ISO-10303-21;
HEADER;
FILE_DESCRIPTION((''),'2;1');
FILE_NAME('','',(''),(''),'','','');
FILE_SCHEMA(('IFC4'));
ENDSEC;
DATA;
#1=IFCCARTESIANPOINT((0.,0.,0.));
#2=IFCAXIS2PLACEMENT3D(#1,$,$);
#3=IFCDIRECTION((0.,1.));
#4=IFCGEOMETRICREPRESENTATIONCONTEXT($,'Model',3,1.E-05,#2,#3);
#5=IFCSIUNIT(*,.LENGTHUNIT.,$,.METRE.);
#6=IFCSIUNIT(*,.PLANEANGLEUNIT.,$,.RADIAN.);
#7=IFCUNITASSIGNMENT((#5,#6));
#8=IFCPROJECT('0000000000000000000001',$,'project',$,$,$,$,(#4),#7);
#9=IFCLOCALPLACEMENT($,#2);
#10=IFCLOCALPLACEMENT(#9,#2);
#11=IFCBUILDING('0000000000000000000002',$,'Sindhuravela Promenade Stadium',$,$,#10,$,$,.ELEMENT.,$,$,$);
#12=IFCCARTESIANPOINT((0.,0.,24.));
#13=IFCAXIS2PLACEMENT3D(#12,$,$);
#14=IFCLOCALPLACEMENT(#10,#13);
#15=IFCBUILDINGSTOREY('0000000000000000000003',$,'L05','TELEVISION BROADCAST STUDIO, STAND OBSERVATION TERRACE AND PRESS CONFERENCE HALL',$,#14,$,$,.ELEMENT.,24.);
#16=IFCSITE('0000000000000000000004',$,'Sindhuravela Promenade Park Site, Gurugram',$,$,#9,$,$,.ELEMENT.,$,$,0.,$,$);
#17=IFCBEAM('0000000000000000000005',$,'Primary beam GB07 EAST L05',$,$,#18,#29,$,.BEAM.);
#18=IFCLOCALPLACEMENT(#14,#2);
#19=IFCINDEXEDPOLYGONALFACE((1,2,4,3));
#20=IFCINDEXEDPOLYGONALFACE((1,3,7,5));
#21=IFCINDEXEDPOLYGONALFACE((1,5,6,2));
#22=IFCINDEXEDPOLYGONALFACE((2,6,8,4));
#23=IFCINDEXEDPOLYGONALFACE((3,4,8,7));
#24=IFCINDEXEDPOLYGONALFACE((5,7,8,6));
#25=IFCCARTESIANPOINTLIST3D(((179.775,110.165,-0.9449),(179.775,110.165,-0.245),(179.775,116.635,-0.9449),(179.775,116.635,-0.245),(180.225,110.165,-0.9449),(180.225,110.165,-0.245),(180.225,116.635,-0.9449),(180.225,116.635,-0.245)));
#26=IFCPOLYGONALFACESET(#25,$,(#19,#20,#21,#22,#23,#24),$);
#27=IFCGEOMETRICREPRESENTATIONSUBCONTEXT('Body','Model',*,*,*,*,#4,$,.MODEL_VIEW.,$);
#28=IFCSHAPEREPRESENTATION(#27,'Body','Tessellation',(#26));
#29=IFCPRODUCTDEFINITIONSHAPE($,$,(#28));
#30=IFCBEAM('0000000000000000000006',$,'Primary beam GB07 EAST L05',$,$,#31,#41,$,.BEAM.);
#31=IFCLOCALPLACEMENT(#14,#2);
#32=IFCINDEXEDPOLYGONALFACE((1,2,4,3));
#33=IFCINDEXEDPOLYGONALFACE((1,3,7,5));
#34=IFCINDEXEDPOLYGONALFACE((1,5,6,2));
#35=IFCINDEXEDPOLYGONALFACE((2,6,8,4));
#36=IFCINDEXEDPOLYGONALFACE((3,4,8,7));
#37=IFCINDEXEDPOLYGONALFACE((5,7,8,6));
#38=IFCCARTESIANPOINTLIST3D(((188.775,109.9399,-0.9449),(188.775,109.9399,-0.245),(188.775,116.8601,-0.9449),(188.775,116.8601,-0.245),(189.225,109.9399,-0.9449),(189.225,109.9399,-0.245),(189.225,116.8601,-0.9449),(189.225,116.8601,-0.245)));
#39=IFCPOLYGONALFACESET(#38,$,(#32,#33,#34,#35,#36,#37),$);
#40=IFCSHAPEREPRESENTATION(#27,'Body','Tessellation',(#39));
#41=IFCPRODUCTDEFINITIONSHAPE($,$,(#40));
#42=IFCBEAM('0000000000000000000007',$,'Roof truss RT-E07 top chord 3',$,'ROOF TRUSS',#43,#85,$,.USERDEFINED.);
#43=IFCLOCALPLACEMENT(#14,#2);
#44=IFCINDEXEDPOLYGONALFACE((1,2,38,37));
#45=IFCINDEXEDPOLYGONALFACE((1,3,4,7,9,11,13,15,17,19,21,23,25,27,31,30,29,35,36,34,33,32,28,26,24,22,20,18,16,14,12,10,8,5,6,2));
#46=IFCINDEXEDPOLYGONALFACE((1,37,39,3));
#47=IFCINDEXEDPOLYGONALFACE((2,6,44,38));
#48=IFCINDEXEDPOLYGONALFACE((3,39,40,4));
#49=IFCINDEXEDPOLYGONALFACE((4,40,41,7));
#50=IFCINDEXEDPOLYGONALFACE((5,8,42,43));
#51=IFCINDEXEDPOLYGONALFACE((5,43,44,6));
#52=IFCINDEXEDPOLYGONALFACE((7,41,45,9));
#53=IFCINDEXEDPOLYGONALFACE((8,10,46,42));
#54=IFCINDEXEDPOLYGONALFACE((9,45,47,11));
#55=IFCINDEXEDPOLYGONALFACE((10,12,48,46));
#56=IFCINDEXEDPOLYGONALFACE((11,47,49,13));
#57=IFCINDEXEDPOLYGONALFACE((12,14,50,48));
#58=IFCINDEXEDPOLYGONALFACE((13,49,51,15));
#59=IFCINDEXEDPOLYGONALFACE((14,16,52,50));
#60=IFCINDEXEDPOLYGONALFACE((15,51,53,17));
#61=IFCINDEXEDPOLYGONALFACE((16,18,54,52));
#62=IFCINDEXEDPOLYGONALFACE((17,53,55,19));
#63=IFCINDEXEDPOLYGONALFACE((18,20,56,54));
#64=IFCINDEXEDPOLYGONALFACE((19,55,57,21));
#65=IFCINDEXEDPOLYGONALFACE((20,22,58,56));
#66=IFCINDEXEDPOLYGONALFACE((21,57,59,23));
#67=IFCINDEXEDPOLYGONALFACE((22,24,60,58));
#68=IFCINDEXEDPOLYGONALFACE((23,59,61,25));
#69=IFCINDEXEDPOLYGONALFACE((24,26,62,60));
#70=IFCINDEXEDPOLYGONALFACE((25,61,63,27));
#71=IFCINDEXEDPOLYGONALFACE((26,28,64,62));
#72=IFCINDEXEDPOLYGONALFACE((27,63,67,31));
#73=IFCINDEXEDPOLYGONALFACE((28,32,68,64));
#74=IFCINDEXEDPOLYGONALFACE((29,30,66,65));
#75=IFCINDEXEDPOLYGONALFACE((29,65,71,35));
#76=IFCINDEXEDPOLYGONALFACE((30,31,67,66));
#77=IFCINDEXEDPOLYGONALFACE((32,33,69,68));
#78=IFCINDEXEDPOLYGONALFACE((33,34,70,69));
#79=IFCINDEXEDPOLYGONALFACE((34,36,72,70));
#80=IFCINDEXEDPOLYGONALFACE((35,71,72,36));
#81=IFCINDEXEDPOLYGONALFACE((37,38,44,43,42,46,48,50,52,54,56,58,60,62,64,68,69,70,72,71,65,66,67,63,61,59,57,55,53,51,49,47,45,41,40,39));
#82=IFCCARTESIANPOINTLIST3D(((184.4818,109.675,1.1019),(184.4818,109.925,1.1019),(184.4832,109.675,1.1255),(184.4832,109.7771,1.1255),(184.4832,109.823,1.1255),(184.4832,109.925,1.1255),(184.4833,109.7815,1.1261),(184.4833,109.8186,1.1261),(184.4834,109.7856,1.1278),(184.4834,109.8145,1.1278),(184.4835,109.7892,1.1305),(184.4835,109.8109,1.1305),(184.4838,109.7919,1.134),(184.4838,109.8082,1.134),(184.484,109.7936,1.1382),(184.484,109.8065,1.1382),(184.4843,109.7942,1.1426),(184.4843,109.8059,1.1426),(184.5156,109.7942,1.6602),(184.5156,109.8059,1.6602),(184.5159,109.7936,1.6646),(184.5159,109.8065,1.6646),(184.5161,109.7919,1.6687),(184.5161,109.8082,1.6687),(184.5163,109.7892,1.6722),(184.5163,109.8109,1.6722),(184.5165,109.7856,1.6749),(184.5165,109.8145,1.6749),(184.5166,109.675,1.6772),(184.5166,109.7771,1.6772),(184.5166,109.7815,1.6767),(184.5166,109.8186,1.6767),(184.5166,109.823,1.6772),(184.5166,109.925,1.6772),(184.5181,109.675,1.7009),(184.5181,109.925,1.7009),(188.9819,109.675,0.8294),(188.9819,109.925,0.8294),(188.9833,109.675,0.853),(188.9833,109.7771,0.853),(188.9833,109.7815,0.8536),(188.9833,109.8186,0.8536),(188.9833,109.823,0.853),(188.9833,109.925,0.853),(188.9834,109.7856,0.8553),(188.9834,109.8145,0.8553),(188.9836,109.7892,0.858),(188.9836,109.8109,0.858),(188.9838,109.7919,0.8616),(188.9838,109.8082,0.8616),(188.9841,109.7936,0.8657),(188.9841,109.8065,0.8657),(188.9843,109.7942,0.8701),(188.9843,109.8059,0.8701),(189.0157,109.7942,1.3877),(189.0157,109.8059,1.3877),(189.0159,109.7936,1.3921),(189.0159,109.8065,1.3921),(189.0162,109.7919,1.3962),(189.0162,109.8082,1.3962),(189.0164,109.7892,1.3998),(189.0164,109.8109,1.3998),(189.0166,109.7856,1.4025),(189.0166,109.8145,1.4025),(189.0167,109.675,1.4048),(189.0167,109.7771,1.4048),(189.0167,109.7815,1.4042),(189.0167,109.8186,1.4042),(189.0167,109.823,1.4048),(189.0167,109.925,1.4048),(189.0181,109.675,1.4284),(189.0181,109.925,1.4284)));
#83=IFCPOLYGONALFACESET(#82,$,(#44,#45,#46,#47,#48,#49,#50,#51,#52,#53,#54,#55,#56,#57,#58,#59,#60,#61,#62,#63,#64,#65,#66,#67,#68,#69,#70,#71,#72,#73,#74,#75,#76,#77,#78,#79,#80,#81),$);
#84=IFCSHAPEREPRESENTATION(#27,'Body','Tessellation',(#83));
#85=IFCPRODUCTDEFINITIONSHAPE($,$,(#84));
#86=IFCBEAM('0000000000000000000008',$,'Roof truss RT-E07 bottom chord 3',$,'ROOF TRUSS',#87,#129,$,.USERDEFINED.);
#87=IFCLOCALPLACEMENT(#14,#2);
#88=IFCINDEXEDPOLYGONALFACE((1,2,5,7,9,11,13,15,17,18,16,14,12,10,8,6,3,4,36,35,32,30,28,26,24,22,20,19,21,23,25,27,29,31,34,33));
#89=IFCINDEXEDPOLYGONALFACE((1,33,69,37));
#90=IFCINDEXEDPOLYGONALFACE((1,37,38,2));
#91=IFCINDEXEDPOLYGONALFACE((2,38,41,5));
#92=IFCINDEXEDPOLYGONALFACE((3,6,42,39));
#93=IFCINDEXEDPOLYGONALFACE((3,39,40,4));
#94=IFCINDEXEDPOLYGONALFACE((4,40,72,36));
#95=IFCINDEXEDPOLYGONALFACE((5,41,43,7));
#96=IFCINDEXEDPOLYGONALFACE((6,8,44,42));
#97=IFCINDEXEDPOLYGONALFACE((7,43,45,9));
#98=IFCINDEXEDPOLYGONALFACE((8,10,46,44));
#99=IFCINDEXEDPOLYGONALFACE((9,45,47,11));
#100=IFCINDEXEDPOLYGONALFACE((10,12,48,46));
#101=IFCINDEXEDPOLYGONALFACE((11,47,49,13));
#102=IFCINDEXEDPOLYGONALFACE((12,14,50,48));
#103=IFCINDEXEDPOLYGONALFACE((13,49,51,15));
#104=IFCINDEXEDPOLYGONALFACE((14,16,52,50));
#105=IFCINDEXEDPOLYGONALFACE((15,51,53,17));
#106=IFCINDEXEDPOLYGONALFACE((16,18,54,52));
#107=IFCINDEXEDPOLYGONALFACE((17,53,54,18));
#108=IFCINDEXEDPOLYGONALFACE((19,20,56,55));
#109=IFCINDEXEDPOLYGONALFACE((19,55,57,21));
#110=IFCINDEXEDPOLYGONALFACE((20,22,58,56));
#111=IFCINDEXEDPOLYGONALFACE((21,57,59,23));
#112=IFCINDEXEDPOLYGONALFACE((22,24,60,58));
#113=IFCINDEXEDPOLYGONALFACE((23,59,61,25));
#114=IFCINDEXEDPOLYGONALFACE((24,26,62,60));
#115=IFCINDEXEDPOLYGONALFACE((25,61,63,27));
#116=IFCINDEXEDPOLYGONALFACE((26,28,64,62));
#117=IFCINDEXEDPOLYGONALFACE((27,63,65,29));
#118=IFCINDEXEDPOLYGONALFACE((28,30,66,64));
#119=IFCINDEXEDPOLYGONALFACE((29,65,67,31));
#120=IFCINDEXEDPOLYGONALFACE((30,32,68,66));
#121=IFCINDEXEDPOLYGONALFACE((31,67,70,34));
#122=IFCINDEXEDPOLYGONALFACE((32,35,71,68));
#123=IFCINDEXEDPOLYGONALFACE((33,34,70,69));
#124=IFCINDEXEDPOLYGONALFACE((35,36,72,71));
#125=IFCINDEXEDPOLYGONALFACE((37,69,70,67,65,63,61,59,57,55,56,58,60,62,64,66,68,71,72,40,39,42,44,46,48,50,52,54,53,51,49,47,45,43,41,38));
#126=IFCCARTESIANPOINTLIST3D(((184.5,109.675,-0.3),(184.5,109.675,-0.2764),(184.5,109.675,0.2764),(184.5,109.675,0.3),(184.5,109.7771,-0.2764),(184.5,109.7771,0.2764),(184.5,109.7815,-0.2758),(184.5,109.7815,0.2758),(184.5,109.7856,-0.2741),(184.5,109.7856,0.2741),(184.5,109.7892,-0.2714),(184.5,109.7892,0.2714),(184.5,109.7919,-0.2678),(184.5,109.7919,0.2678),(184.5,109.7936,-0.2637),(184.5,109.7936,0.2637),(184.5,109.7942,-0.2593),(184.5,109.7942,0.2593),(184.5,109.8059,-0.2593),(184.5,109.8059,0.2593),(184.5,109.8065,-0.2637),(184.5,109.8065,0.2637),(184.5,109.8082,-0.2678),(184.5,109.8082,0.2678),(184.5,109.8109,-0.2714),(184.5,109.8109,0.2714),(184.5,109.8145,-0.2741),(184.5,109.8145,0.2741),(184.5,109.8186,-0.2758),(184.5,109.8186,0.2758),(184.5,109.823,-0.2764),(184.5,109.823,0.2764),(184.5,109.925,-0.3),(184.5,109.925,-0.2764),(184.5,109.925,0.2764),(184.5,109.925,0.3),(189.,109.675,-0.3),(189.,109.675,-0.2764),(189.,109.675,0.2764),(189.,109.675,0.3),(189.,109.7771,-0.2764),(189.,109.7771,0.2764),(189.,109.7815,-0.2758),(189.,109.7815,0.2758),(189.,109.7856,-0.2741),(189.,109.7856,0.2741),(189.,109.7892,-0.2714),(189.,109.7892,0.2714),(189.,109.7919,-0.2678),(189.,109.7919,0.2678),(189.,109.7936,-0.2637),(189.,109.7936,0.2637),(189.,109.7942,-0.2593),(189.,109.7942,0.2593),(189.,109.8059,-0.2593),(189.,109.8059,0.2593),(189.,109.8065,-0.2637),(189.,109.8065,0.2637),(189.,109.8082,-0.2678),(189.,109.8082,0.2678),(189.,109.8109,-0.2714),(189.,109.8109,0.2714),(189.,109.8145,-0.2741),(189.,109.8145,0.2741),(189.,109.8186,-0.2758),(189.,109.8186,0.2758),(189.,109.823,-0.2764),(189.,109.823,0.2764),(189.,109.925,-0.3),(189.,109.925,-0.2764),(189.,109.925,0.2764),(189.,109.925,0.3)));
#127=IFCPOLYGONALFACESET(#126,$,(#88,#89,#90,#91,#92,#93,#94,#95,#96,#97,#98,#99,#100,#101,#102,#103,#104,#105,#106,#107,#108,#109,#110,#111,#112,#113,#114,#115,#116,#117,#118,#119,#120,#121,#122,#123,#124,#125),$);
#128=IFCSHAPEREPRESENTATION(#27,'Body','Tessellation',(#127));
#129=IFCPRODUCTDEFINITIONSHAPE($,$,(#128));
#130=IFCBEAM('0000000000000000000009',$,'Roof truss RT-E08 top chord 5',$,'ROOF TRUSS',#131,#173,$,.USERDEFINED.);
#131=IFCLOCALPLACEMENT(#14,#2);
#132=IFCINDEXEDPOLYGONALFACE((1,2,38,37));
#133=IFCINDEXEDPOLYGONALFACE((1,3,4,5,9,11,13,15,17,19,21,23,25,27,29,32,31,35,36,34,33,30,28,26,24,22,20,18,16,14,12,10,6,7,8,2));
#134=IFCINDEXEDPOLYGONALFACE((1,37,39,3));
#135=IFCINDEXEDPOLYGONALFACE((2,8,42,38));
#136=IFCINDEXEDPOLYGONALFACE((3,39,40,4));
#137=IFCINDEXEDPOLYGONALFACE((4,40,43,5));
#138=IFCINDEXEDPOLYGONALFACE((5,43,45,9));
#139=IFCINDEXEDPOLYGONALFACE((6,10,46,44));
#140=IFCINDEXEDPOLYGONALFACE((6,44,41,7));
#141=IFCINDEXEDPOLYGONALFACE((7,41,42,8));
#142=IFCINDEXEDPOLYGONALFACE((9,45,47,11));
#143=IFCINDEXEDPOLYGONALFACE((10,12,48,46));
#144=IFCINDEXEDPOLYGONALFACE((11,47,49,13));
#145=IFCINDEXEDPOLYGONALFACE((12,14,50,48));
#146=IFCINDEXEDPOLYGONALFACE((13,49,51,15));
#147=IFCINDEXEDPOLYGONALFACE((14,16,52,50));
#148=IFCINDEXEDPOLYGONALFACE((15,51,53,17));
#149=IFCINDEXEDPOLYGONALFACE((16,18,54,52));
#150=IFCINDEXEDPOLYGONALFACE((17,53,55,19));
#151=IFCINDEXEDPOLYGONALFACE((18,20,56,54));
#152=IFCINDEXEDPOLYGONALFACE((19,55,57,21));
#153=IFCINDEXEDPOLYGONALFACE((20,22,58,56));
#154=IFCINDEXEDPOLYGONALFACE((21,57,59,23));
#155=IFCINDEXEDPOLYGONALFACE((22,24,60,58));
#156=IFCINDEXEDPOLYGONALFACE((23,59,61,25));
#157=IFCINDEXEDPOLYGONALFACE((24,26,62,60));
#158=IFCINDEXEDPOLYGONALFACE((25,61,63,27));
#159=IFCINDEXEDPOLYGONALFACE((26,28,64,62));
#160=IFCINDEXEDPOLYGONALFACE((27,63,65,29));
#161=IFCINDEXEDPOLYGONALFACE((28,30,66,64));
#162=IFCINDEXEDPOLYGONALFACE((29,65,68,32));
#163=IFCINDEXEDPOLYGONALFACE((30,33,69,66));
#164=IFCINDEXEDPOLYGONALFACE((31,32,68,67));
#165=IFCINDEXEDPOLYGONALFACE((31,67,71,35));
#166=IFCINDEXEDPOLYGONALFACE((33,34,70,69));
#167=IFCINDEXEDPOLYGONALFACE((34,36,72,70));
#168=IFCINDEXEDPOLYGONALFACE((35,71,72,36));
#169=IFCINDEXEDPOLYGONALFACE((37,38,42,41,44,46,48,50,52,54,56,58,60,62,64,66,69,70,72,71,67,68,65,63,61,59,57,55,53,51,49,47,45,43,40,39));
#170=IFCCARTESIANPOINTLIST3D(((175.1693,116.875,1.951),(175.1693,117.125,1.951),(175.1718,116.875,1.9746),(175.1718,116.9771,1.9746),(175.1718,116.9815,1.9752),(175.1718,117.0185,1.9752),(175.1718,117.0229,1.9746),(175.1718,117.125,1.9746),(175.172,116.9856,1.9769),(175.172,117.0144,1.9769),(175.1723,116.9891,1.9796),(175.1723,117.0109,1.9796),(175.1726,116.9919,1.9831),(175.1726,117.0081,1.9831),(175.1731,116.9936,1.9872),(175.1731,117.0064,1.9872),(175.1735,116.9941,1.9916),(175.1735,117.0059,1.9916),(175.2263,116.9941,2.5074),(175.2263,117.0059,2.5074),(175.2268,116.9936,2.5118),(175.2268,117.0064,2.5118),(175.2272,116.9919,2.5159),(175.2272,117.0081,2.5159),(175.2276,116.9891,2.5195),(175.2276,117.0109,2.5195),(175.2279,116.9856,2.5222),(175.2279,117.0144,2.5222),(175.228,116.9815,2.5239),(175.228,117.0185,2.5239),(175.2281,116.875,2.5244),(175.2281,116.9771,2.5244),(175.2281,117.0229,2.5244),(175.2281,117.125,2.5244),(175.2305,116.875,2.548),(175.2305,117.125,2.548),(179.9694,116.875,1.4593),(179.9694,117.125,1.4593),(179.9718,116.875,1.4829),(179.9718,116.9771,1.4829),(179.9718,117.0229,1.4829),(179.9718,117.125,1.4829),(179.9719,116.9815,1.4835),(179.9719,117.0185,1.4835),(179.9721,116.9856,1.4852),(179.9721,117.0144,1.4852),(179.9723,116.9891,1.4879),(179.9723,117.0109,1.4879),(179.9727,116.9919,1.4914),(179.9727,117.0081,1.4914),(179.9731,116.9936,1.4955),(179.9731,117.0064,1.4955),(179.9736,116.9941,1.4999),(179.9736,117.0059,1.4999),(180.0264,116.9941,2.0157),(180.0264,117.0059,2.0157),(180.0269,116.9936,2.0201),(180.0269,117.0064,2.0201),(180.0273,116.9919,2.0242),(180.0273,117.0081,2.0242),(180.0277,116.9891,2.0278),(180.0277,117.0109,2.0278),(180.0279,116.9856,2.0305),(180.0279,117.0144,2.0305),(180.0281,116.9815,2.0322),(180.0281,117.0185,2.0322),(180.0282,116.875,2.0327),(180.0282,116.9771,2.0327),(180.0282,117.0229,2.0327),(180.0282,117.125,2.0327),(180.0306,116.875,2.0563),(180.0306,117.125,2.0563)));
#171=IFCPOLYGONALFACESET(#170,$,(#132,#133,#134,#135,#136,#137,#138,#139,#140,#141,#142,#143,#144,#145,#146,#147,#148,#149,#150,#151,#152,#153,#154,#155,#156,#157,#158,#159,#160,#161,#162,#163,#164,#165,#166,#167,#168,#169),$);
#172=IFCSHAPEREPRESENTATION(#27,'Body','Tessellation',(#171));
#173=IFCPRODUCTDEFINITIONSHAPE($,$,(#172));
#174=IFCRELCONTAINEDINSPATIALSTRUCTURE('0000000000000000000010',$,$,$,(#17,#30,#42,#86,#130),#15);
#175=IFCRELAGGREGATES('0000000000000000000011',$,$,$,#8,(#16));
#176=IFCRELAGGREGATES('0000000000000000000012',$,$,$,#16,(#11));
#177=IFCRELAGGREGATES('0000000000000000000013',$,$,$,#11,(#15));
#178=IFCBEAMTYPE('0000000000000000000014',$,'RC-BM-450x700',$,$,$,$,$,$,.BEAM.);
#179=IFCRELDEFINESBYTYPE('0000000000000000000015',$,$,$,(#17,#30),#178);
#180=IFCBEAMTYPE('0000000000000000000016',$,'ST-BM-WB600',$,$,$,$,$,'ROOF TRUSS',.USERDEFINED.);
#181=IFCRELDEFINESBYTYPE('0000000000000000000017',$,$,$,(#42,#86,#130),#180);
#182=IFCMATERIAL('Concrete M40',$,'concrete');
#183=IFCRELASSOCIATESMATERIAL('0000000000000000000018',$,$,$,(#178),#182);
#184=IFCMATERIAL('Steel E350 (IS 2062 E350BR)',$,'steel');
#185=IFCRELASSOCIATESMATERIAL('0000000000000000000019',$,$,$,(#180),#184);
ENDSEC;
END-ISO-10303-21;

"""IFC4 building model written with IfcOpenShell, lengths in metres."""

from ifc_helpers import new_model, si_unit, direction, frame, origin, origin_2d, place, context, subcontext, project, spatial, rectangle, i_section, extrude, material, material_profile, profile_set, type_object, element, save


model = new_model("IFC4")

# Units and contexts
model_context = context("Model", 3, precision=1e-05, world=origin(), true_north=direction((0.0, 1.0)))
body_context = subcontext(model_context, "Body", "Model", "MODEL_VIEW")
ifc_project = project(units=[si_unit("LENGTHUNIT", "METRE"), si_unit("PLANEANGLEUNIT", "RADIAN")], contexts=[model_context])

# Site, building, storey
site_placement = place(None, origin())
site = spatial("IfcSite", under=ifc_project, at=site_placement, Name="Sindhuravela Promenade Park Site, Gurugram", CompositionType="ELEMENT", RefElevation=0.0)
building_placement = place(site_placement, origin())
building = spatial("IfcBuilding", under=site, at=building_placement, Name="Sindhuravela Promenade Stadium", CompositionType="ELEMENT")
storey_placement = place(building_placement, frame((0.0, 0.0, 24.0)))
storey = spatial("IfcBuildingStorey", under=building, at=storey_placement, Name="L05", Description="TELEVISION BROADCAST STUDIO, STAND OBSERVATION TERRACE AND PRESS CONFERENCE HALL", CompositionType="ELEMENT", Elevation=24.0)

# Beams
ifc_material_1 = material(Name="Concrete M40", Category="concrete")
ifc_material_profile_1 = material_profile(ifc_material_1, rectangle(XDim=0.45, YDim=0.7, at=origin_2d()), Name="RC 450x700")
ifc_profile_set_1 = profile_set([ifc_material_profile_1], Name="Concrete M40")
beam_type_1 = type_object("IfcBeamType", Name="RC-BM-450x700", PredefinedType="BEAM", material=ifc_profile_set_1)
beam_1_placement = place(storey_placement, frame((180.0, 110.165, -0.595), z_axis=(0.0, 1.0, 0.0), x_axis=(-1.0, 0.0, 0.0)))
element("IfcBeam", 1, at=beam_1_placement, inside=storey, type_object=beam_type_1, Name="Primary beam GB07 EAST L05", PredefinedType="BEAM", context=body_context, shape_type="SweptSolid", body=[
    extrude(rectangle(XDim=0.45, YDim=0.7, at=origin_2d()), origin(), (0.0, 0.0, 1.0), 6.47),
])
beam_2_placement = place(storey_placement, frame((189.0, 109.9399, -0.595), z_axis=(0.0, 1.0, 0.0), x_axis=(-1.0, 0.0, 0.0)))
element("IfcBeam", 2, at=beam_2_placement, inside=storey, type_object=beam_type_1, Name="Primary beam GB07 EAST L05", PredefinedType="BEAM", context=body_context, shape_type="SweptSolid", body=[
    extrude(rectangle(XDim=0.45, YDim=0.7, at=origin_2d()), origin(), (0.0, 0.0, 1.0), 6.9202),
])
ifc_material_2 = material(Name="Steel E350 (IS 2062 E350BR)", Category="steel")
ifc_material_profile_2 = material_profile(ifc_material_2, i_section(OverallWidth=0.25, OverallDepth=0.6001, WebThickness=0.0117, FlangeThickness=0.0237, FilletRadius=0.0171, at=origin_2d()), Name="ISWB 600")
ifc_profile_set_2 = profile_set([ifc_material_profile_2], Name="Steel E350 (IS 2062 E350BR)")
beam_type_2 = type_object("IfcBeamType", Name="ST-BM-WB600", ElementType="ROOF TRUSS", PredefinedType="USERDEFINED", material=ifc_profile_set_2)
beam_3_placement = place(storey_placement, frame((189.0, 109.8, 1.1289), z_axis=(-0.998172, 0.0, 0.060436), x_axis=(0.0, -1.0, 0.0)))
element("IfcBeam", 3, at=beam_3_placement, inside=storey, type_object=beam_type_2, Name="Roof truss RT-E07 top chord 3", ObjectType="ROOF TRUSS", PredefinedType="USERDEFINED", context=body_context, shape_type="SweptSolid", body=[
    extrude(i_section(OverallWidth=0.25, OverallDepth=0.6001, WebThickness=0.0117, FlangeThickness=0.0237, FilletRadius=0.0171, at=origin_2d()), origin(), (0.0, 0.0, 1.0), 4.5083),
])
beam_4_placement = place(storey_placement, frame((189.0, 109.8, 0.0), z_axis=(-1.0, 0.0, 0.0), x_axis=(0.0, -1.0, 0.0)))
element("IfcBeam", 4, at=beam_4_placement, inside=storey, type_object=beam_type_2, Name="Roof truss RT-E07 bottom chord 3", ObjectType="ROOF TRUSS", PredefinedType="USERDEFINED", context=body_context, shape_type="SweptSolid", body=[
    extrude(i_section(OverallWidth=0.25, OverallDepth=0.6001, WebThickness=0.0117, FlangeThickness=0.0237, FilletRadius=0.0171, at=origin_2d()), origin(), (0.0, 0.0, 1.0), 4.5),
])
beam_5_placement = place(storey_placement, frame((180.0, 117.0, 1.7578), z_axis=(-0.994794, 0.0, 0.101903), x_axis=(0.0, -1.0, 0.0)))
element("IfcBeam", 5, at=beam_5_placement, inside=storey, type_object=beam_type_2, Name="Roof truss RT-E08 top chord 5", ObjectType="ROOF TRUSS", PredefinedType="USERDEFINED", context=body_context, shape_type="SweptSolid", body=[
    extrude(i_section(OverallWidth=0.25, OverallDepth=0.6001, WebThickness=0.0117, FlangeThickness=0.0237, FilletRadius=0.0171, at=origin_2d()), origin(), (0.0, 0.0, 1.0), 4.8252),
])

save(model, "model.ifc")
